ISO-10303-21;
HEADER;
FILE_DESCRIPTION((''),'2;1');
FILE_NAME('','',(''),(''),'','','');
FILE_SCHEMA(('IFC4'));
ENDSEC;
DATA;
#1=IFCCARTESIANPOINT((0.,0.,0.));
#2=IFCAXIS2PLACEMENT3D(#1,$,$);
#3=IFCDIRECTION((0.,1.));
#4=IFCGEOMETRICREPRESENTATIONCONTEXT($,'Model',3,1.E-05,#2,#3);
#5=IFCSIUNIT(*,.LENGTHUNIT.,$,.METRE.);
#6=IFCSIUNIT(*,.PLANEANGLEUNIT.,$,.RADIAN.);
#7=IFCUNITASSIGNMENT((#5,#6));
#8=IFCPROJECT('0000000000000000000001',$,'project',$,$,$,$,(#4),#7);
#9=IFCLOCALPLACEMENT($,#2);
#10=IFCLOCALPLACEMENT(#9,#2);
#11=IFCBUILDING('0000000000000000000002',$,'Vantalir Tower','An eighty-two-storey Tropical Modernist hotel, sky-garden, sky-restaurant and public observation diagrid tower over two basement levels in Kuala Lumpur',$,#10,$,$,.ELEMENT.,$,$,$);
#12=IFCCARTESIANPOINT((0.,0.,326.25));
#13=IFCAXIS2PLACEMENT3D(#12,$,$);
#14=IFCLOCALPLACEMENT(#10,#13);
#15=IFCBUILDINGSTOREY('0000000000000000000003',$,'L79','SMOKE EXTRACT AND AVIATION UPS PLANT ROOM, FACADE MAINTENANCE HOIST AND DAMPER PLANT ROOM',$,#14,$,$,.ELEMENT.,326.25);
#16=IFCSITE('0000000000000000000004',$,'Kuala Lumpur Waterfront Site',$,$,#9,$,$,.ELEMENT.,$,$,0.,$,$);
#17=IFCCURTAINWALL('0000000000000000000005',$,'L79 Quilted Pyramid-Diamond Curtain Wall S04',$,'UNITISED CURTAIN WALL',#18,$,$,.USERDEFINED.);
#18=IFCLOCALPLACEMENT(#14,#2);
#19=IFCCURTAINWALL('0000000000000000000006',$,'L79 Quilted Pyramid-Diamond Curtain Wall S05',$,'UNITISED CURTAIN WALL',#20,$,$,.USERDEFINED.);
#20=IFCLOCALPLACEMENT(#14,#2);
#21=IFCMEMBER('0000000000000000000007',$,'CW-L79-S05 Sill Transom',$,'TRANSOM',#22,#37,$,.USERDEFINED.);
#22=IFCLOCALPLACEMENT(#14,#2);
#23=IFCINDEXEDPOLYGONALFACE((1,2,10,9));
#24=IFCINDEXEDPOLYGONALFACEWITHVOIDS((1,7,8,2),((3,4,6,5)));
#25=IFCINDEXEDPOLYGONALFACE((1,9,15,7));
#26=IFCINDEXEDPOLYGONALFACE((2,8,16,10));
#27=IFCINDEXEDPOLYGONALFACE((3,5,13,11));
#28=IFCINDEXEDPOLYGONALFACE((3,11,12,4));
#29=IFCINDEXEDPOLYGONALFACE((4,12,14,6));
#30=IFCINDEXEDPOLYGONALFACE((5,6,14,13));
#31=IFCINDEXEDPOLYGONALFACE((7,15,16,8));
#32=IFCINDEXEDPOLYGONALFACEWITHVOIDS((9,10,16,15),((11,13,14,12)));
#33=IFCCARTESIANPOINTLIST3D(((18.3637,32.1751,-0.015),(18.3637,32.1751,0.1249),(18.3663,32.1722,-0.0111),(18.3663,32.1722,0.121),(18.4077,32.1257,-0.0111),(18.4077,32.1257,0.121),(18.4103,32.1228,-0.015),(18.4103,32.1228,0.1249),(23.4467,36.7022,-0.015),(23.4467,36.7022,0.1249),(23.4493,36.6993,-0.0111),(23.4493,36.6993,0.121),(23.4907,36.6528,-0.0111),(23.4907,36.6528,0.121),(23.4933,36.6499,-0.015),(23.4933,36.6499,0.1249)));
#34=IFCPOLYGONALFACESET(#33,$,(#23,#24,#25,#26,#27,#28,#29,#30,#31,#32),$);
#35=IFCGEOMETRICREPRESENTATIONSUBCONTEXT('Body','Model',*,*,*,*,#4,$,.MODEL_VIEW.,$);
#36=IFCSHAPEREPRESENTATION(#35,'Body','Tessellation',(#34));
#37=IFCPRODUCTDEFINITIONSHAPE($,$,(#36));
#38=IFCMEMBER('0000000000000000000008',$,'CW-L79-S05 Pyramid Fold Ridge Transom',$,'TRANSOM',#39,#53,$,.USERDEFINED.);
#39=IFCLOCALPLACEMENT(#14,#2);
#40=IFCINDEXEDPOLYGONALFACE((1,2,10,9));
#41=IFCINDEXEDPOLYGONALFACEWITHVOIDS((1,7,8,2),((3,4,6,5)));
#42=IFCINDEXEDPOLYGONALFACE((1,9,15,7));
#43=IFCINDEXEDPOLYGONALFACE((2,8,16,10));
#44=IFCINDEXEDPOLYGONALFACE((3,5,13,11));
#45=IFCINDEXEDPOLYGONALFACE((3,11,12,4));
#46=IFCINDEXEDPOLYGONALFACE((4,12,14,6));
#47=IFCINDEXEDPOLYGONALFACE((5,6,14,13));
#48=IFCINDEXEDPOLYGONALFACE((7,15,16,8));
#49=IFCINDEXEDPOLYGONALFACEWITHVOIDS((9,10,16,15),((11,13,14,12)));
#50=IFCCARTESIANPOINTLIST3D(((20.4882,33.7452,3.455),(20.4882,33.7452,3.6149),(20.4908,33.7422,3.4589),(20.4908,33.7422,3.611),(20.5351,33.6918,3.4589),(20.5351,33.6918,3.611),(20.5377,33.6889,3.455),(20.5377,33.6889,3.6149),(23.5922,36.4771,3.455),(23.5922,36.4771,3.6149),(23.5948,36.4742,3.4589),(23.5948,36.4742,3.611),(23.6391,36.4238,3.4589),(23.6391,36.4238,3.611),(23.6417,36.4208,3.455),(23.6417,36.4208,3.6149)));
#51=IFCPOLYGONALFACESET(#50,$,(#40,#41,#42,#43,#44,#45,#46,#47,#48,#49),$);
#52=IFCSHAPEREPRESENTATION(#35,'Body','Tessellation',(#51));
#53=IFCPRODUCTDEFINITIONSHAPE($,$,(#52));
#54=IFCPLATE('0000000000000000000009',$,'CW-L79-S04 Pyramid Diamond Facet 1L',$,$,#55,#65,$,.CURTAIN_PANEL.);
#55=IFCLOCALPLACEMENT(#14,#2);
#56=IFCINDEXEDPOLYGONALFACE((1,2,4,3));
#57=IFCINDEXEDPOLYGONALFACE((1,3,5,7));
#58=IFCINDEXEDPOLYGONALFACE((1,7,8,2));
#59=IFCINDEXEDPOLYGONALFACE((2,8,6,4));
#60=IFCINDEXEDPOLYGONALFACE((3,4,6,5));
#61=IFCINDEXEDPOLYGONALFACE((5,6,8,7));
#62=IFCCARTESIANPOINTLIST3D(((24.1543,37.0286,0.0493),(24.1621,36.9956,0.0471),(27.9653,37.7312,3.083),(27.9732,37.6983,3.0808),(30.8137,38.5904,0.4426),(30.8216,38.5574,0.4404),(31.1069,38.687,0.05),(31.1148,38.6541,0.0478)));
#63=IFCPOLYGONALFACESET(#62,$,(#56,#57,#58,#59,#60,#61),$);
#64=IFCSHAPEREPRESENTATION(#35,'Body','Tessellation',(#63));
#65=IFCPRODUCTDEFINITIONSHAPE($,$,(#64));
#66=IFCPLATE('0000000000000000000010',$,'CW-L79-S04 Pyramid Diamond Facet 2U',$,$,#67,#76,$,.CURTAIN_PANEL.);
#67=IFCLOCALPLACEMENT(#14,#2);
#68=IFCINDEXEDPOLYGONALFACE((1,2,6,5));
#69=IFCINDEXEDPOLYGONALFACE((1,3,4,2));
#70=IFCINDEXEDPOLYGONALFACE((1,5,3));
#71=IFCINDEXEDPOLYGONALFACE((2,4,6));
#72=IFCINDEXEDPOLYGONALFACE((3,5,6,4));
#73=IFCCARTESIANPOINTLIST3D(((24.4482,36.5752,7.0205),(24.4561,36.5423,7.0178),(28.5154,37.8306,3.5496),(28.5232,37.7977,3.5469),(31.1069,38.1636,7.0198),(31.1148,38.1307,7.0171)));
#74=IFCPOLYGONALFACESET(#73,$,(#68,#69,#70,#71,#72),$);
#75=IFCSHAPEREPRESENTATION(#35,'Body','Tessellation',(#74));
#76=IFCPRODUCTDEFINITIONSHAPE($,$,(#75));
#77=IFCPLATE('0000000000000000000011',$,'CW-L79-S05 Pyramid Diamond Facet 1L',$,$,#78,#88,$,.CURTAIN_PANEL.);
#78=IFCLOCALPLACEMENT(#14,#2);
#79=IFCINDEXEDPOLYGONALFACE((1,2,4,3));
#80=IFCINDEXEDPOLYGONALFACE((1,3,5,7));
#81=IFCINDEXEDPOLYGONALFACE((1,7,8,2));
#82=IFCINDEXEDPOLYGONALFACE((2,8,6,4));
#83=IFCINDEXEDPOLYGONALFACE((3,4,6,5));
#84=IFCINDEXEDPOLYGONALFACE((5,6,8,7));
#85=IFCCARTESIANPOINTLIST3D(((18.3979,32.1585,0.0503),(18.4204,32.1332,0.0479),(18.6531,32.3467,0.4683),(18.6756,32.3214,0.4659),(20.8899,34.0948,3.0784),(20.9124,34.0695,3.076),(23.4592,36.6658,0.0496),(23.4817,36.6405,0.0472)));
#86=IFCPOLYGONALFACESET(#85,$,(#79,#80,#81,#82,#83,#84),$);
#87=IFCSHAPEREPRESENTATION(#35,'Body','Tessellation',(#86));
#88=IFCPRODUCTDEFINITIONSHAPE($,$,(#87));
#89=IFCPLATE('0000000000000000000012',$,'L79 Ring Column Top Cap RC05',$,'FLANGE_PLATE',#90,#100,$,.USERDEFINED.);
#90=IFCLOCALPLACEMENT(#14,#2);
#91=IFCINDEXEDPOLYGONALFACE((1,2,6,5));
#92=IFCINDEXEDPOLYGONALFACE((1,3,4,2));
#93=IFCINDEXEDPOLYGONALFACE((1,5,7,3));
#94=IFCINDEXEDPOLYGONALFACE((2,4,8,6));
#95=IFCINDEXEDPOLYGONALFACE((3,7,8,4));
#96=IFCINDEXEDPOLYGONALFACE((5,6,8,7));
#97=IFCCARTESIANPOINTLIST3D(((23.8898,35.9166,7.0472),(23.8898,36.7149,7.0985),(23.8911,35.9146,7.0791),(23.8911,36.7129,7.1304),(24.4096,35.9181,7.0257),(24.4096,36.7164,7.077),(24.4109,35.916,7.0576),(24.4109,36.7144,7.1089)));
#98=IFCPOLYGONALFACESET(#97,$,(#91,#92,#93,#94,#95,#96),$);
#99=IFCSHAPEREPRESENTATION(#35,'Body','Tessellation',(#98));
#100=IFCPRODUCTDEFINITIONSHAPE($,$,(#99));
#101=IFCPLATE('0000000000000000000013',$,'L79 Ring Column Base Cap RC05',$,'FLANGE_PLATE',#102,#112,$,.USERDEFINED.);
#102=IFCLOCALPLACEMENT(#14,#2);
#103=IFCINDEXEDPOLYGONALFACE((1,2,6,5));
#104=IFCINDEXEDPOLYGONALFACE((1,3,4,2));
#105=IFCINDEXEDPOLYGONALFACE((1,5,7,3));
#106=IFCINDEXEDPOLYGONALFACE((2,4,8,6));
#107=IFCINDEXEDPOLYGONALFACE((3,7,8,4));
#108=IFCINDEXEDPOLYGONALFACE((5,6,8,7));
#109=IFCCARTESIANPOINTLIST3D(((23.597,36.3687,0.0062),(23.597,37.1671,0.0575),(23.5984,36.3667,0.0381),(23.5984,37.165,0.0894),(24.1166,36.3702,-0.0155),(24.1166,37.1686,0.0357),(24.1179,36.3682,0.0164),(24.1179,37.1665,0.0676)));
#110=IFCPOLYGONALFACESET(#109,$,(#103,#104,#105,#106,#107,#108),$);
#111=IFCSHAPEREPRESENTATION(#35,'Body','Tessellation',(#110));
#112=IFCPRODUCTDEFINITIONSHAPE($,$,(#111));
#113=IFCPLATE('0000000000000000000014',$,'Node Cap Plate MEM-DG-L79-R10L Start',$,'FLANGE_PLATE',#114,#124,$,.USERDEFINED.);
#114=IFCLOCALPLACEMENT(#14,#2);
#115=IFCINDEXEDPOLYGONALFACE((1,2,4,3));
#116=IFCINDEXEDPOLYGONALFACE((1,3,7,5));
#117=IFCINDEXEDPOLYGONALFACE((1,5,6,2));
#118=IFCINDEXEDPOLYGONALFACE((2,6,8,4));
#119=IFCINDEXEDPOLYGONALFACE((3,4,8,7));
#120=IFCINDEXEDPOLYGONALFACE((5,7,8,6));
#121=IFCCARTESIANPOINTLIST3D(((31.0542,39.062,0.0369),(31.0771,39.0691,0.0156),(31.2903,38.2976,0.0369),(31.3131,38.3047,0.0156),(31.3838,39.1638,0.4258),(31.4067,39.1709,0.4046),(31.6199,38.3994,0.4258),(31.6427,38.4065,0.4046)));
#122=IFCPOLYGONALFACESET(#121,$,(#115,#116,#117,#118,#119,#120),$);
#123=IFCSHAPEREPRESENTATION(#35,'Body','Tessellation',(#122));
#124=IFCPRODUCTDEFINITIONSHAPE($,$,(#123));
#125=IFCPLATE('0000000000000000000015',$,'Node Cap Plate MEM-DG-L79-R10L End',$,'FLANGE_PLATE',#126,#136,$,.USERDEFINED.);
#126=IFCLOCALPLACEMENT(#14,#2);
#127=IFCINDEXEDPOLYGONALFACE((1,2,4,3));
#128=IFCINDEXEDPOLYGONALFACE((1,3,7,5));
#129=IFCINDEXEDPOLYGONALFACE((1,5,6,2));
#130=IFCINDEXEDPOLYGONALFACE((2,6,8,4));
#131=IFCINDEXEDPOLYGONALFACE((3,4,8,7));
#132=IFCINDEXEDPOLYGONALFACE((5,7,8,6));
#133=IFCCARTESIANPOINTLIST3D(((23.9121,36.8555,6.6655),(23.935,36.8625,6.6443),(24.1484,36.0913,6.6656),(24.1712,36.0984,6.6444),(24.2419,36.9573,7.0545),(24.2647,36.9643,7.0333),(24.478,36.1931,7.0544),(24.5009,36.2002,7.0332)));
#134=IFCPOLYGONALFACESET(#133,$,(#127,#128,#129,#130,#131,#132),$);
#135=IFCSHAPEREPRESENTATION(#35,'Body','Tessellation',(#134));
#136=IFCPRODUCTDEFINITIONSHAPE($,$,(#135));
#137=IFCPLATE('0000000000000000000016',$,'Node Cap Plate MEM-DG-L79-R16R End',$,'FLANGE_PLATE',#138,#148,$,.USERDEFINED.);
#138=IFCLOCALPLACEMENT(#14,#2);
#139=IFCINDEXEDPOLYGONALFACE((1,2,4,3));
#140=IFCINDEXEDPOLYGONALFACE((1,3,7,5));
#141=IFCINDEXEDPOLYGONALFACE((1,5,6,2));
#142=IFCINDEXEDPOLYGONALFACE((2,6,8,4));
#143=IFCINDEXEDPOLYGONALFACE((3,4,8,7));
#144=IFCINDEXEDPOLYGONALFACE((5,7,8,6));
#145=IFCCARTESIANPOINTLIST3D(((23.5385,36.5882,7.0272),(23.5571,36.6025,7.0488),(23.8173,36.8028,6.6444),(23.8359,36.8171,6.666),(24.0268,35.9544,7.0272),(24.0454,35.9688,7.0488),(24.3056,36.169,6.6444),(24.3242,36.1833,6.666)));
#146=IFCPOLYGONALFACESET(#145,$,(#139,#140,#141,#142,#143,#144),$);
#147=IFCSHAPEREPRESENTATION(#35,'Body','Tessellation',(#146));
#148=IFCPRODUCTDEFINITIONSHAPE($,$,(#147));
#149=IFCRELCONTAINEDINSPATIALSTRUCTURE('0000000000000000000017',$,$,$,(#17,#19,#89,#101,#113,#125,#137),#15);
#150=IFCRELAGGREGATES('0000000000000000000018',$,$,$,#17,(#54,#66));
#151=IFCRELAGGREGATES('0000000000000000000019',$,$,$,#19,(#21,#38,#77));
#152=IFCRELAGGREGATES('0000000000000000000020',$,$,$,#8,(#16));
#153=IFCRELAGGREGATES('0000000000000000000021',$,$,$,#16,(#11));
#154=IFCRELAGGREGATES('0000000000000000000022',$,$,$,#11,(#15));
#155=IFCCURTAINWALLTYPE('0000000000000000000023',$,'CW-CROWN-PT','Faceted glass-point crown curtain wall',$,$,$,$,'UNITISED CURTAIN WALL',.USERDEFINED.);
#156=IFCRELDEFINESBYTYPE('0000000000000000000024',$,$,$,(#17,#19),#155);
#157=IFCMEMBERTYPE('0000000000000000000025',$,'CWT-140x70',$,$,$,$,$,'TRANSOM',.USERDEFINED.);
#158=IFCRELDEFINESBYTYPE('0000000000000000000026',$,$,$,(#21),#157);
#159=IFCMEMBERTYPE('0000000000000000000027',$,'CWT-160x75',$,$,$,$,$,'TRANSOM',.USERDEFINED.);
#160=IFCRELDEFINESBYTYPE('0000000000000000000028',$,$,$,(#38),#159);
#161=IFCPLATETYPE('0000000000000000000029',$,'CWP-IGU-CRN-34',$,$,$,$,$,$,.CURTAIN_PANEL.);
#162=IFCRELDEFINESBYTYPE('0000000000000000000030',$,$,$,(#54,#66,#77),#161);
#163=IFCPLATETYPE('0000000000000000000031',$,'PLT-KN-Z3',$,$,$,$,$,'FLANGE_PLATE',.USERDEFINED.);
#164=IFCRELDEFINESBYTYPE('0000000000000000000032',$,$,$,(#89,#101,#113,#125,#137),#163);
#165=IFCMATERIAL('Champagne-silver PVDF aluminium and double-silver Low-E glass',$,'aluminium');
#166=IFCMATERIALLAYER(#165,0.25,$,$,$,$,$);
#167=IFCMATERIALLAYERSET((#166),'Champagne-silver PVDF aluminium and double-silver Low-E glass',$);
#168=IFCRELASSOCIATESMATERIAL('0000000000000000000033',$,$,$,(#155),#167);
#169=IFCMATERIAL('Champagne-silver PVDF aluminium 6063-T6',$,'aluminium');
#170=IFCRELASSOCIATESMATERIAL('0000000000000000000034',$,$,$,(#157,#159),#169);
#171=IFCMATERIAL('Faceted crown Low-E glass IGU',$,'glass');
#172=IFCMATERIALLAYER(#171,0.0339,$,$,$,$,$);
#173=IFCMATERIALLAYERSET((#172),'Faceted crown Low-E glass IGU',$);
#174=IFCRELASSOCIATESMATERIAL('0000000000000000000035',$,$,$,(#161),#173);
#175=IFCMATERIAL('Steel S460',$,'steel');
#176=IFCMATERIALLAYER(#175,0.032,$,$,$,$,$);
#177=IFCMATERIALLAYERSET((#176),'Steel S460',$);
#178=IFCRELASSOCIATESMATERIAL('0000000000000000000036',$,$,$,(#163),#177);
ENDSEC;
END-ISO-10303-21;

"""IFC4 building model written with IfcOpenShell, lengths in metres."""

from ifc_helpers import new_model, si_unit, direction, frame, origin, origin_2d, place, context, subcontext, project, spatial, polyline, hollow_rectangle, outline, extrude, material, layer, layer_set, material_profile, profile_set, type_object, element, aggregate, save


model = new_model("IFC4")

# Units and contexts
model_context = context("Model", 3, precision=1e-05, world=origin(), true_north=direction((0.0, 1.0)))
body_context = subcontext(model_context, "Body", "Model", "MODEL_VIEW")
ifc_project = project(units=[si_unit("LENGTHUNIT", "METRE"), si_unit("PLANEANGLEUNIT", "RADIAN")], contexts=[model_context])

# Site, building, storey
site_placement = place(None, origin())
site = spatial("IfcSite", under=ifc_project, at=site_placement, Name="Kuala Lumpur Waterfront Site", CompositionType="ELEMENT", RefElevation=0.0)
building_placement = place(site_placement, origin())
building = spatial("IfcBuilding", under=site, at=building_placement, Name="Vantalir Tower", Description="An eighty-two-storey Tropical Modernist hotel, sky-garden, sky-restaurant and public observation diagrid tower over two basement levels in Kuala Lumpur", CompositionType="ELEMENT")
storey_placement = place(building_placement, frame((0.0, 0.0, 326.25)))
storey = spatial("IfcBuildingStorey", under=building, at=storey_placement, Name="L79", Description="SMOKE EXTRACT AND AVIATION UPS PLANT ROOM, FACADE MAINTENANCE HOIST AND DAMPER PLANT ROOM", CompositionType="ELEMENT", Elevation=326.25)

# Shared definitions
ifc_material_1 = material(Name="Steel S460", Category="steel")

# Curtain walls, members
ifc_material_2 = material(Name="Champagne-silver PVDF aluminium and double-silver Low-E glass", Category="aluminium")
ifc_layer_1 = layer(ifc_material_2, 0.25)
ifc_layer_set_1 = layer_set([ifc_layer_1], Name="Champagne-silver PVDF aluminium and double-silver Low-E glass")
curtain_wall_type = type_object("IfcCurtainWallType", Name="CW-CROWN-PT", Description="Faceted glass-point crown curtain wall", ElementType="UNITISED CURTAIN WALL", PredefinedType="USERDEFINED", material=ifc_layer_set_1)
curtain_wall_1_placement = place(storey_placement, origin())
curtain_wall_1 = element("IfcCurtainWall", 1, at=curtain_wall_1_placement, inside=storey, type_object=curtain_wall_type, Name="L79 Quilted Pyramid-Diamond Curtain Wall S04", ObjectType="UNITISED CURTAIN WALL", PredefinedType="USERDEFINED")
ifc_material_3 = material(Name="Champagne-silver PVDF aluminium 6063-T6", Category="aluminium")
curtain_wall_2_placement = place(storey_placement, origin())
curtain_wall_2 = element("IfcCurtainWall", 2, at=curtain_wall_2_placement, inside=storey, type_object=curtain_wall_type, Name="L79 Quilted Pyramid-Diamond Curtain Wall S05", ObjectType="UNITISED CURTAIN WALL", PredefinedType="USERDEFINED")
ifc_material_profile_1 = material_profile(ifc_material_3, hollow_rectangle(XDim=0.0701, YDim=0.1399, WallThickness=0.0039, at=origin_2d()), Name="Champagne-silver PVDF aluminium 6063-T6")
ifc_profile_set_1 = profile_set([ifc_material_profile_1], Name="Champagne-silver PVDF aluminium 6063-T6")
member_type_1 = type_object("IfcMemberType", Name="CWT-140x70", ElementType="TRANSOM", PredefinedType="USERDEFINED", material=ifc_profile_set_1)
member_1_placement = place(storey_placement, frame((23.47, 36.676, 0.0549), z_axis=(-0.746762, -0.665092, 0.0), x_axis=(0.665092, -0.746762, 0.0)))
member_1 = element("IfcMember", 3, at=member_1_placement, type_object=member_type_1, Name="CW-L79-S05 Sill Transom", ObjectType="TRANSOM", PredefinedType="USERDEFINED", context=body_context, shape_type="SweptSolid", body=[
    extrude(hollow_rectangle(XDim=0.0701, YDim=0.1399, WallThickness=0.0039, at=origin_2d()), origin(), (0.0, 0.0, 1.0), 6.8066),
])
ifc_material_profile_2 = material_profile(ifc_material_3, hollow_rectangle(XDim=0.075, YDim=0.1599, WallThickness=0.0039, at=origin_2d()), Name="Champagne-silver PVDF aluminium 6063-T6")
ifc_profile_set_2 = profile_set([ifc_material_profile_2], Name="Champagne-silver PVDF aluminium 6063-T6")
member_type_2 = type_object("IfcMemberType", Name="CWT-160x75", ElementType="TRANSOM", PredefinedType="USERDEFINED", material=ifc_profile_set_2)
member_2_placement = place(storey_placement, frame((23.6169, 36.449, 3.5349), z_axis=(-0.750664, -0.660684, 0.0), x_axis=(0.660684, -0.750664, 0.0)))
member_2 = element("IfcMember", 4, at=member_2_placement, type_object=member_type_2, Name="CW-L79-S05 Pyramid Fold Ridge Transom", ObjectType="TRANSOM", PredefinedType="USERDEFINED", context=body_context, shape_type="SweptSolid", body=[
    extrude(hollow_rectangle(XDim=0.075, YDim=0.1599, WallThickness=0.0039, at=origin_2d()), origin(), (0.0, 0.0, 1.0), 4.135),
])

# Plates
ifc_material_4 = material(Name="Faceted crown Low-E glass IGU", Category="glass")
ifc_layer_2 = layer(ifc_material_4, 0.0339)
ifc_layer_set_2 = layer_set([ifc_layer_2], Name="Faceted crown Low-E glass IGU")
plate_type_1 = type_object("IfcPlateType", Name="CWP-IGU-CRN-34", PredefinedType="CURTAIN_PANEL", material=ifc_layer_set_2)
plate_1_placement = place(storey_placement, frame((31.1069, 38.687, 0.05), z_axis=(-0.231523, 0.970584, 0.066055), x_axis=(-0.97271, -0.232023, -0.000102)))
plate_1 = element("IfcPlate", 5, at=plate_1_placement, type_object=plate_type_1, Name="CW-L79-S04 Pyramid Diamond Facet 1L", PredefinedType="CURTAIN_PANEL", context=body_context, shape_type="SweptSolid", body=[
    extrude(outline(polyline([(0.0, 0.0), (7.1477, 0.0), (3.2773, 3.0399), (0.3076, 0.3935), (0.0, 0.0)])), origin(), (0.0, 0.0, -1.0), 0.0339),
])
plate_2_placement = place(storey_placement, frame((24.4482, 36.5752, 7.0205), z_axis=(-0.231286, 0.969618, 0.079678), x_axis=(0.972708, 0.232032, -0.000107)))
plate_2 = element("IfcPlate", 6, at=plate_2_placement, type_object=plate_type_1, Name="CW-L79-S04 Pyramid Diamond Facet 2U", PredefinedType="CURTAIN_PANEL", context=body_context, shape_type="SweptSolid", body=[
    extrude(outline(polyline([(0.0, 0.0), (6.8455, 0.0), (4.2478, 3.4816), (0.0, 0.0)])), origin(), (0.0, 0.0, -1.0), 0.0339),
])
aggregate(curtain_wall_1, [plate_1, plate_2])
plate_3_placement = place(storey_placement, frame((23.4592, 36.6658, 0.0496), z_axis=(-0.663432, 0.744993, 0.069589), x_axis=(-0.746799, -0.66505, 0.000109)))
plate_3 = element("IfcPlate", 7, at=plate_3_placement, type_object=plate_type_1, Name="CW-L79-S05 Pyramid Diamond Facet 1L", PredefinedType="CURTAIN_PANEL", context=body_context, shape_type="SweptSolid", body=[
    extrude(outline(polyline([(0.0, 0.0), (6.7774, 0.0), (6.4617, 0.419), (3.629, 3.0358), (0.0, 0.0)])), origin(), (0.0, 0.0, -1.0), 0.0339),
])
aggregate(curtain_wall_2, [member_1, member_2, plate_3])

# Plates
ifc_layer_3 = layer(ifc_material_1, 0.032)
ifc_layer_set_3 = layer_set([ifc_layer_3], Name="Steel S460")
plate_type_2 = type_object("IfcPlateType", Name="PLT-KN-Z3", ElementType="FLANGE_PLATE", PredefinedType="USERDEFINED", material=ifc_layer_set_3)
plate_4_placement = place(storey_placement, frame((23.8911, 36.7129, 7.1304), z_axis=(0.041394, -0.064033, 0.997089), x_axis=(0.0, -0.997944, -0.064088)))
element("IfcPlate", 8, at=plate_4_placement, inside=storey, type_object=plate_type_2, Name="L79 Ring Column Top Cap RC05", ObjectType="FLANGE_PLATE", PredefinedType="USERDEFINED", context=body_context, shape_type="SweptSolid", body=[
    extrude(outline(polyline([(0.0, 0.0), (0.8, 0.0), (0.7999, 0.5202), (-0.0001, 0.5202), (0.0, 0.0)])), origin(), (0.0, 0.0, -1.0), 0.032),
])
plate_5_placement = place(storey_placement, frame((23.5984, 37.165, 0.0894), z_axis=(0.041881, -0.064032, 0.997069), x_axis=(0.0, -0.997944, -0.064088)))
element("IfcPlate", 9, at=plate_5_placement, inside=storey, type_object=plate_type_2, Name="L79 Ring Column Base Cap RC05", ObjectType="FLANGE_PLATE", PredefinedType="USERDEFINED", context=body_context, shape_type="SweptSolid", body=[
    extrude(outline(polyline([(0.0, 0.0), (0.8, 0.0), (0.7999, 0.52), (-0.0001, 0.52), (0.0, 0.0)])), origin(), (0.0, 0.0, -1.0), 0.032),
])
plate_6_placement = place(storey_placement, frame((31.0542, 39.062, 0.0369), z_axis=(-0.714808, -0.220766, 0.66356), x_axis=(0.295094, -0.955468, 0.0)))
element("IfcPlate", 10, at=plate_6_placement, inside=storey, type_object=plate_type_2, Name="Node Cap Plate MEM-DG-L79-R10L Start", ObjectType="FLANGE_PLATE", PredefinedType="USERDEFINED", context=body_context, shape_type="SweptSolid", body=[
    extrude(outline(polyline([(0.0, 0.0), (0.8, 0.0), (0.8, 0.5199), (0.0, 0.5199), (0.0, 0.0)])), origin(), (0.0, 0.0, -1.0), 0.032),
])
plate_7_placement = place(storey_placement, frame((23.9121, 36.8555, 6.6655), z_axis=(-0.71465, -0.220902, 0.663685), x_axis=(0.29538, -0.95538, 0.000072)))
element("IfcPlate", 11, at=plate_7_placement, inside=storey, type_object=plate_type_2, Name="Node Cap Plate MEM-DG-L79-R10L End", ObjectType="FLANGE_PLATE", PredefinedType="USERDEFINED", context=body_context, shape_type="SweptSolid", body=[
    extrude(outline(polyline([(0.0, 0.0), (0.7999, 0.0), (0.8, 0.5199), (0.0002, 0.52), (0.0, 0.0)])), origin(), (0.0, 0.0, -1.0), 0.032),
])
plate_8_placement = place(storey_placement, frame((24.3242, 36.1833, 6.666), z_axis=(0.583251, 0.449346, 0.676688), x_axis=(-0.6103, 0.79217, 0.0)))
element("IfcPlate", 12, at=plate_8_placement, inside=storey, type_object=plate_type_2, Name="Node Cap Plate MEM-DG-L79-R16R End", ObjectType="FLANGE_PLATE", PredefinedType="USERDEFINED", context=body_context, shape_type="SweptSolid", body=[
    extrude(outline(polyline([(0.0, 0.0), (0.8001, 0.0), (0.8002, 0.5199), (0.0002, 0.5199), (0.0, 0.0)])), origin(), (0.0, 0.0, -1.0), 0.032),
])

save(model, "model.ifc")
